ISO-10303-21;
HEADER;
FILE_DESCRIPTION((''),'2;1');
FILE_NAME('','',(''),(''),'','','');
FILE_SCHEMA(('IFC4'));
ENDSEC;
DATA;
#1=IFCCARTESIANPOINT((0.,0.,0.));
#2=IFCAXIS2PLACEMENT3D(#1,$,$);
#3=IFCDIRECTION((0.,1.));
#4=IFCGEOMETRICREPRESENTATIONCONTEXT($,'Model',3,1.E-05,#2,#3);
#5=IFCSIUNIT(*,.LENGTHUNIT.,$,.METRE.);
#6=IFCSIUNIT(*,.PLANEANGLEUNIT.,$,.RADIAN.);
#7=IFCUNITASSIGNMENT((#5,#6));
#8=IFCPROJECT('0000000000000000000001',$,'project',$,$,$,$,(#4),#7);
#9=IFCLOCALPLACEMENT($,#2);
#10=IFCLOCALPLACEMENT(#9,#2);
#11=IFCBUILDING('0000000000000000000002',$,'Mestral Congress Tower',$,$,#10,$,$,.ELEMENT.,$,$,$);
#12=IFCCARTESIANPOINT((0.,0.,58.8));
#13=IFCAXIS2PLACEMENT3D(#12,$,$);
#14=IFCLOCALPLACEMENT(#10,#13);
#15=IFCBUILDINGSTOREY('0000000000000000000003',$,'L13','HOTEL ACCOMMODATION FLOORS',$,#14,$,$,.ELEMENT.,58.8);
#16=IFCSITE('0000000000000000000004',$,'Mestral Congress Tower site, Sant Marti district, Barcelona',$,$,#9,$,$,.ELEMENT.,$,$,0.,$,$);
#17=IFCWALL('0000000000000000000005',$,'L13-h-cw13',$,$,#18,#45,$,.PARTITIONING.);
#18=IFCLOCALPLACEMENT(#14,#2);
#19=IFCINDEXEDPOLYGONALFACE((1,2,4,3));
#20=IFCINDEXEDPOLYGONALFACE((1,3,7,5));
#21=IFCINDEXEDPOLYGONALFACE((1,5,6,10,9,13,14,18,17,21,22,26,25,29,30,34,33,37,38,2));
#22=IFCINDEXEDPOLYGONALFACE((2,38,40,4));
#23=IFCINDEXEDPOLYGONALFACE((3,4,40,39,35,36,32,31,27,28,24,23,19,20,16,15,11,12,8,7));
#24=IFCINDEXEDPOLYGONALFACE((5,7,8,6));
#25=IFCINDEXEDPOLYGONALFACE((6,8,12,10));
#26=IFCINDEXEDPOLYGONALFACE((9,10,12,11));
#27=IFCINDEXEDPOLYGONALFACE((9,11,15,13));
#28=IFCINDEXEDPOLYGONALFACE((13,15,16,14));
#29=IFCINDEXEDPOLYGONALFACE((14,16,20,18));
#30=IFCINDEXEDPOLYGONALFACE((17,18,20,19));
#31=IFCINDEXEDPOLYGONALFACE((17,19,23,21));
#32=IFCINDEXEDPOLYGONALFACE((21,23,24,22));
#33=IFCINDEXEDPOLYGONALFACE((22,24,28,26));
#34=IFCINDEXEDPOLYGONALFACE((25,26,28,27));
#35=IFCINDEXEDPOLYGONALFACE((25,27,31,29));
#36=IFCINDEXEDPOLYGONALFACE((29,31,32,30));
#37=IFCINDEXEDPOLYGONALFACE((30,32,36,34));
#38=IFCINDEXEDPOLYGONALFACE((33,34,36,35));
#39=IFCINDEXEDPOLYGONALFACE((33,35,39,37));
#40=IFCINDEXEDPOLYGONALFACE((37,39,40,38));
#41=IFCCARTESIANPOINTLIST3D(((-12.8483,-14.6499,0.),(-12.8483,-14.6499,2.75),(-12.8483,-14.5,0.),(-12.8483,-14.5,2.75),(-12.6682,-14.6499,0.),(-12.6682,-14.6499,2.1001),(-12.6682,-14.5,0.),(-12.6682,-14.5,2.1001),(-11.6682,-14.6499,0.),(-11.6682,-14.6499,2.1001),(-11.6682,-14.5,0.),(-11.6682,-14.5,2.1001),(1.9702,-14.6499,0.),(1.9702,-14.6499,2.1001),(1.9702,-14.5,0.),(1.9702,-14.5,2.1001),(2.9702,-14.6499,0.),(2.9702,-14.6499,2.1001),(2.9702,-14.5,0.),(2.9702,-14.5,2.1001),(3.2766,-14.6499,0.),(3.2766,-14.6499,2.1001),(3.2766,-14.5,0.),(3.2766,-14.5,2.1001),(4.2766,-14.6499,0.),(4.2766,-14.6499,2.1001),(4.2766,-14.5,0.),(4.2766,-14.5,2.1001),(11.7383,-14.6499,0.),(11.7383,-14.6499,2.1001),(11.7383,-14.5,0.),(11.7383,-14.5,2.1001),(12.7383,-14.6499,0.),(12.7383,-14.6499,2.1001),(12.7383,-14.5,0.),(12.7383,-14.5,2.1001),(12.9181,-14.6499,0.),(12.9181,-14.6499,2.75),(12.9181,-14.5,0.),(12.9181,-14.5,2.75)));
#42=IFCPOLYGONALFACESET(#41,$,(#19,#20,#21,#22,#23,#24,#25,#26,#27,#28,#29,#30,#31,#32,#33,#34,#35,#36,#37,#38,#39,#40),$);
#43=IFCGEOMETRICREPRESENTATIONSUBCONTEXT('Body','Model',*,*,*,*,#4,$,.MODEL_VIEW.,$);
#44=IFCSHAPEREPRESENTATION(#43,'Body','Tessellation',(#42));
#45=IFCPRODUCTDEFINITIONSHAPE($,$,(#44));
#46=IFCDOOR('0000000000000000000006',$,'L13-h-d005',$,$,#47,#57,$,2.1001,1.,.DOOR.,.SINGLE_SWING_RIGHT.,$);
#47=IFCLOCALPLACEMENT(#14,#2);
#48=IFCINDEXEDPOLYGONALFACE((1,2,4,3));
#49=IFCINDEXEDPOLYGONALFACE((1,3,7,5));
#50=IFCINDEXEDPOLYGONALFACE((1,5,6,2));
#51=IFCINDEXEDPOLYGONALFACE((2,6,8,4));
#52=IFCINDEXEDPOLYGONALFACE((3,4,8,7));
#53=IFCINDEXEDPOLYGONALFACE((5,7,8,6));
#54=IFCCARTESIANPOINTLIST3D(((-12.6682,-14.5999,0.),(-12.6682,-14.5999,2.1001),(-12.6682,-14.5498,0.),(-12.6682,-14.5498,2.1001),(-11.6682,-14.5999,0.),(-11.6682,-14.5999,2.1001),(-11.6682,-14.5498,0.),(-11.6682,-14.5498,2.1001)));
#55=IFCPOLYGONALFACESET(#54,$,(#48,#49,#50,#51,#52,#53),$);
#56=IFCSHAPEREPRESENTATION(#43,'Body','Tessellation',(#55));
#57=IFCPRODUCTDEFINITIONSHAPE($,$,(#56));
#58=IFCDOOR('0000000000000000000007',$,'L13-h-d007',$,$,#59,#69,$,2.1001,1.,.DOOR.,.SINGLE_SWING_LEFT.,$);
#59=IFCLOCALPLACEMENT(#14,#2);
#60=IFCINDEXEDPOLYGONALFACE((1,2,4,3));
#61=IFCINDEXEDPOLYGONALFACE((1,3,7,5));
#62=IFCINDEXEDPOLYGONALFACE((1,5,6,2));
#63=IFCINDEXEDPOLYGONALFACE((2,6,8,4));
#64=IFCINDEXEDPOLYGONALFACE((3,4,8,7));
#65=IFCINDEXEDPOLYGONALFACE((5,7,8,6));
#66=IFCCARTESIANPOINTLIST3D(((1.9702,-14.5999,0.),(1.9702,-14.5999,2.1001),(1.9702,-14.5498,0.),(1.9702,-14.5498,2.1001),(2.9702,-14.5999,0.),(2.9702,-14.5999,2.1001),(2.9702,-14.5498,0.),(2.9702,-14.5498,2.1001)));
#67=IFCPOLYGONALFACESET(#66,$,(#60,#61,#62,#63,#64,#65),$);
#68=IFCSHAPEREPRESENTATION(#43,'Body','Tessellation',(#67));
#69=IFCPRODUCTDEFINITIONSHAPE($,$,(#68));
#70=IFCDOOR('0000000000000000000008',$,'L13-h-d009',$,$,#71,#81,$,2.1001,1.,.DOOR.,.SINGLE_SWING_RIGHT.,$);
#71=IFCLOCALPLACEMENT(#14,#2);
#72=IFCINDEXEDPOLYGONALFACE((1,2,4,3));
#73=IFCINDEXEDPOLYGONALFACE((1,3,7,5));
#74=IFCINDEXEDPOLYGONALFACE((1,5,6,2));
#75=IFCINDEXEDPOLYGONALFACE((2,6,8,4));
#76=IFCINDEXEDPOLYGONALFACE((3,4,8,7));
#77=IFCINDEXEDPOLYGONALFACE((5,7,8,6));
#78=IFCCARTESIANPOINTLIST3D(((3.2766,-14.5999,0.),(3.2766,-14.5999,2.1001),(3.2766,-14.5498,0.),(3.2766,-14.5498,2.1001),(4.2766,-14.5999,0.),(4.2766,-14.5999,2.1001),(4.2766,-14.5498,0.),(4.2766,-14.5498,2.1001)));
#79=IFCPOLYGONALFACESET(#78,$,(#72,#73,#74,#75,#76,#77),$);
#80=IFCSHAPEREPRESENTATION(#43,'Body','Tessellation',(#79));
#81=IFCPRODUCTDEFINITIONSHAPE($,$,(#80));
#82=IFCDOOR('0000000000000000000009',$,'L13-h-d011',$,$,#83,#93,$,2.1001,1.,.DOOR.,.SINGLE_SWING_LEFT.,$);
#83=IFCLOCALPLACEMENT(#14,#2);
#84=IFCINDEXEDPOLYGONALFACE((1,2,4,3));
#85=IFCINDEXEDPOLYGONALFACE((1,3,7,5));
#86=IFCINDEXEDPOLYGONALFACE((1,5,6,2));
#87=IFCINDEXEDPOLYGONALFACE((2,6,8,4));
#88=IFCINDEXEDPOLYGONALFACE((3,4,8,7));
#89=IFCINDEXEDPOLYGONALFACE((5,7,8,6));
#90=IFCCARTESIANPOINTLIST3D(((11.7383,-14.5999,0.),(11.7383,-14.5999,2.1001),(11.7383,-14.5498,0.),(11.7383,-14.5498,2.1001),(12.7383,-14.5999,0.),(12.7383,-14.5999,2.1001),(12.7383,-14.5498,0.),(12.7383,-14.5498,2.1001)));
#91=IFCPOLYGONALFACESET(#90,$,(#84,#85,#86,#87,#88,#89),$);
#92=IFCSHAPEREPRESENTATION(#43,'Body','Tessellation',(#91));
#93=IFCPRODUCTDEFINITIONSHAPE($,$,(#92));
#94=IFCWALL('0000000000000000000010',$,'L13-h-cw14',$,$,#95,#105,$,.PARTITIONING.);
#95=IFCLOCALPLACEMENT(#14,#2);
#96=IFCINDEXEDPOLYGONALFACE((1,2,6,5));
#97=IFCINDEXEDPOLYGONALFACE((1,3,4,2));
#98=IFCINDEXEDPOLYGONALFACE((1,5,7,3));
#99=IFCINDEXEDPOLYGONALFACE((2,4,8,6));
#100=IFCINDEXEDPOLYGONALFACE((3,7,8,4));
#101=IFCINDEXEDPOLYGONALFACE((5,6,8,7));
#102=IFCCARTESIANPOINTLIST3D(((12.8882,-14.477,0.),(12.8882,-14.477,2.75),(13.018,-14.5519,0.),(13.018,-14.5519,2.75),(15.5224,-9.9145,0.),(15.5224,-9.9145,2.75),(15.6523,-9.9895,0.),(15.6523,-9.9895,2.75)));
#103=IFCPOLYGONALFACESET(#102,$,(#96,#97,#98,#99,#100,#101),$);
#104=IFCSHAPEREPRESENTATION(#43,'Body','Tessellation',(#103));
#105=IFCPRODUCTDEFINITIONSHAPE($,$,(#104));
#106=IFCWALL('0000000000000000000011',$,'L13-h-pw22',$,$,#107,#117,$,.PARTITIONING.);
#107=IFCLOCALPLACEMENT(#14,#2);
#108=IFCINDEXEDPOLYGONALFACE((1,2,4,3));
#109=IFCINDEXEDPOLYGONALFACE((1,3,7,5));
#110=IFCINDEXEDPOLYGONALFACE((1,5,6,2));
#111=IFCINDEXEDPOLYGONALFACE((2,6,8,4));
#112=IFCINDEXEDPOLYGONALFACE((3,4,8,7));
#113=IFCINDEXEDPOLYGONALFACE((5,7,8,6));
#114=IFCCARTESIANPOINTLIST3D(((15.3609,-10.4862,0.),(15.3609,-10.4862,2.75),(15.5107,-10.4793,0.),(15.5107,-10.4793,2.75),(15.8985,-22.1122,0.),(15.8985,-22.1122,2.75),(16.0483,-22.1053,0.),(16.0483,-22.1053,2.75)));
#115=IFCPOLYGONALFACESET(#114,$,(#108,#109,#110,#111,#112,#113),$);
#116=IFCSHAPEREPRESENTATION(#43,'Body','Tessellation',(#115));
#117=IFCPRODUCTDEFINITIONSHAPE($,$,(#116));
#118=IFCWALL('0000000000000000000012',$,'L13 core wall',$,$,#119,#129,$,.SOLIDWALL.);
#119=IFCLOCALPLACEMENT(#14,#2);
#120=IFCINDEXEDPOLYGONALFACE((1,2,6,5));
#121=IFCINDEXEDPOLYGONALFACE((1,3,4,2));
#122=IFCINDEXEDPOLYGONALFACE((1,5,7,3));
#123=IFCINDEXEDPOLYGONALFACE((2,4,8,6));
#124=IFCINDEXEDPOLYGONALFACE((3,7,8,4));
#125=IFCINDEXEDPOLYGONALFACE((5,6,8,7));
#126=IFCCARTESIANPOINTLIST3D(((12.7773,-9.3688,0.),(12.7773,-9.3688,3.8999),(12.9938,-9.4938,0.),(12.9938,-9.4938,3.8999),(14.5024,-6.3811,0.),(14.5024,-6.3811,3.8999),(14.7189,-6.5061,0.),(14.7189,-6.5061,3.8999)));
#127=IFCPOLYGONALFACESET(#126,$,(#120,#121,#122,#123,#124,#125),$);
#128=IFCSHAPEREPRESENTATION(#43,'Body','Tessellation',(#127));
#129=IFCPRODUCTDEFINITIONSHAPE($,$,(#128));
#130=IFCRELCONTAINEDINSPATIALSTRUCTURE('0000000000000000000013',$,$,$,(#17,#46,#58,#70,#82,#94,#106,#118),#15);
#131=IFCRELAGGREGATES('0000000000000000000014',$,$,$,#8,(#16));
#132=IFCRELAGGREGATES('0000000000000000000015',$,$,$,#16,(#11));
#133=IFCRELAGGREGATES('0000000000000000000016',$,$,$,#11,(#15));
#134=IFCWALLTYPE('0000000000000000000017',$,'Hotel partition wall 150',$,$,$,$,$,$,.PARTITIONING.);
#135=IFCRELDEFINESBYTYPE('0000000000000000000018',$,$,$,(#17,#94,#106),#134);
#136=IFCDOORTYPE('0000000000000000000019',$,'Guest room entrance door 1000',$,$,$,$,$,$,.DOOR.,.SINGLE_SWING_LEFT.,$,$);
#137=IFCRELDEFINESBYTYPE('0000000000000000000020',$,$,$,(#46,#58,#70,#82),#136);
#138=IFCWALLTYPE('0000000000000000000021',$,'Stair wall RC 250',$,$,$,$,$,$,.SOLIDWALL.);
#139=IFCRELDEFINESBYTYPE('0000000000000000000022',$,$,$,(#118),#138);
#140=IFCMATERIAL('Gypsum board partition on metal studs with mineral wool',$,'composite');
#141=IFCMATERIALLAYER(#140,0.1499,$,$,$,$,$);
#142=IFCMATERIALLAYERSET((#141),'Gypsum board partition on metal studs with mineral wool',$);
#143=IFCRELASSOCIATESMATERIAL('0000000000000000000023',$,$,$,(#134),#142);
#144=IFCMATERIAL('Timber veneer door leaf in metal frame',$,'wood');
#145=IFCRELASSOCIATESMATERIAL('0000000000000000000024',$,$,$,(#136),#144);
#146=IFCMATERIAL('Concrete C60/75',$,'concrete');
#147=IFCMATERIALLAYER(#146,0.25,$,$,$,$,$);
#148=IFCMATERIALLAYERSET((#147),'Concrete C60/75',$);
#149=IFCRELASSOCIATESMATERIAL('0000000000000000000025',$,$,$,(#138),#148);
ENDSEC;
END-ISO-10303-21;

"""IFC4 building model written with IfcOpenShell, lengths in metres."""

from ifc_helpers import new_model, si_unit, direction, frame, frame_2d, origin, place, context, subcontext, project, spatial, rectangle, extrude, material, layer, layer_set, type_object, element, fill, save


model = new_model("IFC4")

# Units and contexts
model_context = context("Model", 3, precision=1e-05, world=origin(), true_north=direction((0.0, 1.0)))
body_context = subcontext(model_context, "Body", "Model", "MODEL_VIEW")
ifc_project = project(units=[si_unit("LENGTHUNIT", "METRE"), si_unit("PLANEANGLEUNIT", "RADIAN")], contexts=[model_context])

# Site, building, storey
site_placement = place(None, origin())
site = spatial("IfcSite", under=ifc_project, at=site_placement, Name="Mestral Congress Tower site, Sant Marti district, Barcelona", CompositionType="ELEMENT", RefElevation=0.0)
building_placement = place(site_placement, origin())
building = spatial("IfcBuilding", under=site, at=building_placement, Name="Mestral Congress Tower", CompositionType="ELEMENT")
storey_placement = place(building_placement, frame((0.0, 0.0, 58.8)))
storey = spatial("IfcBuildingStorey", under=building, at=storey_placement, Name="L13", Description="HOTEL ACCOMMODATION FLOORS", CompositionType="ELEMENT", Elevation=58.8)

# Shared definitions
ifc_material_1 = material(Name="Concrete C60/75", Category="concrete")

# Shared definitions
ifc_material_2 = material(Name="Gypsum board partition on metal studs with mineral wool", Category="composite")

# Wall, openings, doors
ifc_layer_1 = layer(ifc_material_2, 0.1499)
ifc_layer_set_1 = layer_set([ifc_layer_1], Name="Gypsum board partition on metal studs with mineral wool")
wall_type_1 = type_object("IfcWallType", Name="Hotel partition wall 150", PredefinedType="PARTITIONING", material=ifc_layer_set_1)
wall_1_placement = place(storey_placement, frame((12.9182, -14.575, 0.0), z_axis=(0.0, 0.0, 1.0), x_axis=(-1.0, 0.0, 0.0)))
wall_1 = element("IfcWall", 1, at=wall_1_placement, inside=storey, type_object=wall_type_1, Name="L13-h-cw13", PredefinedType="PARTITIONING", context=body_context, shape_type="SweptSolid", body=[
    extrude(rectangle(XDim=25.7664, YDim=0.1499, at=frame_2d((12.8833, 0.0))), origin(), (0.0, 0.0, 1.0), 2.75),
])
opening_1_placement = place(wall_1_placement, frame((24.5864, 0.0, 0.0)))
opening_1 = element("IfcOpeningElement", 2, at=opening_1_placement, cuts=wall_1, PredefinedType="OPENING", context=body_context, shape_type="SweptSolid", body=[
    extrude(rectangle(XDim=1.0, YDim=2.1001, at=frame_2d((0.5, 1.05))), frame((0.0, 0.085, 0.0), z_axis=(0.0, -1.0, 0.0), x_axis=(1.0, 0.0, 0.0)), (0.0, 0.0, 1.0), 0.1699),
])
opening_2_placement = place(wall_1_placement, frame((9.948, 0.0, 0.0)))
opening_2 = element("IfcOpeningElement", 3, at=opening_2_placement, cuts=wall_1, PredefinedType="OPENING", context=body_context, shape_type="SweptSolid", body=[
    extrude(rectangle(XDim=1.0, YDim=2.1001, at=frame_2d((0.5, 1.05))), frame((0.0, 0.085, 0.0), z_axis=(0.0, -1.0, 0.0), x_axis=(1.0, 0.0, 0.0)), (0.0, 0.0, 1.0), 0.1699),
])
opening_3_placement = place(wall_1_placement, frame((8.6416, 0.0, 0.0)))
opening_3 = element("IfcOpeningElement", 4, at=opening_3_placement, cuts=wall_1, PredefinedType="OPENING", context=body_context, shape_type="SweptSolid", body=[
    extrude(rectangle(XDim=1.0, YDim=2.1001, at=frame_2d((0.5, 1.05))), frame((0.0, 0.085, 0.0), z_axis=(0.0, -1.0, 0.0), x_axis=(1.0, 0.0, 0.0)), (0.0, 0.0, 1.0), 0.1699),
])
opening_4_placement = place(wall_1_placement, frame((0.1799, 0.0, 0.0)))
opening_4 = element("IfcOpeningElement", 5, at=opening_4_placement, cuts=wall_1, PredefinedType="OPENING", context=body_context, shape_type="SweptSolid", body=[
    extrude(rectangle(XDim=1.0, YDim=2.1001, at=frame_2d((0.5, 1.05))), frame((0.0, 0.085, 0.0), z_axis=(0.0, -1.0, 0.0), x_axis=(1.0, 0.0, 0.0)), (0.0, 0.0, 1.0), 0.1699),
])
ifc_material_3 = material(Name="Timber veneer door leaf in metal frame", Category="wood")
door_type_1 = type_object("IfcDoorType", Name="Guest room entrance door 1000", OperationType="SINGLE_SWING_LEFT", PredefinedType="DOOR", material=ifc_material_3)
door_1_placement = place(opening_1_placement, origin())
door_1 = element("IfcDoor", 6, at=door_1_placement, inside=storey, type_object=door_type_1, Name="L13-h-d005", OperationType="SINGLE_SWING_RIGHT", OverallHeight=2.1001, OverallWidth=1.0, PredefinedType="DOOR", context=body_context, shape_type="SweptSolid", body=[
    extrude(rectangle(XDim=1.0, YDim=2.1001, at=frame_2d((0.5, 1.05))), frame((0.0, 0.0249, 0.0), z_axis=(0.0, -1.0, 0.0), x_axis=(1.0, 0.0, 0.0)), (0.0, 0.0, 1.0), 0.05),
])
fill(opening_1, door_1)
door_2_placement = place(opening_2_placement, origin())
door_2 = element("IfcDoor", 7, at=door_2_placement, inside=storey, type_object=door_type_1, Name="L13-h-d007", OperationType="SINGLE_SWING_LEFT", OverallHeight=2.1001, OverallWidth=1.0, PredefinedType="DOOR", context=body_context, shape_type="SweptSolid", body=[
    extrude(rectangle(XDim=1.0, YDim=2.1001, at=frame_2d((0.5, 1.05))), frame((0.0, 0.0249, 0.0), z_axis=(0.0, -1.0, 0.0), x_axis=(1.0, 0.0, 0.0)), (0.0, 0.0, 1.0), 0.05),
])
fill(opening_2, door_2)
door_3_placement = place(opening_3_placement, origin())
door_3 = element("IfcDoor", 8, at=door_3_placement, inside=storey, type_object=door_type_1, Name="L13-h-d009", OperationType="SINGLE_SWING_RIGHT", OverallHeight=2.1001, OverallWidth=1.0, PredefinedType="DOOR", context=body_context, shape_type="SweptSolid", body=[
    extrude(rectangle(XDim=1.0, YDim=2.1001, at=frame_2d((0.5, 1.05))), frame((0.0, 0.0249, 0.0), z_axis=(0.0, -1.0, 0.0), x_axis=(1.0, 0.0, 0.0)), (0.0, 0.0, 1.0), 0.05),
])
fill(opening_3, door_3)
door_4_placement = place(opening_4_placement, origin())
door_4 = element("IfcDoor", 9, at=door_4_placement, inside=storey, type_object=door_type_1, Name="L13-h-d011", OperationType="SINGLE_SWING_LEFT", OverallHeight=2.1001, OverallWidth=1.0, PredefinedType="DOOR", context=body_context, shape_type="SweptSolid", body=[
    extrude(rectangle(XDim=1.0, YDim=2.1001, at=frame_2d((0.5, 1.05))), frame((0.0, 0.0249, 0.0), z_axis=(0.0, -1.0, 0.0), x_axis=(1.0, 0.0, 0.0)), (0.0, 0.0, 1.0), 0.05),
])
fill(opening_4, door_4)

# Walls
wall_2_placement = place(storey_placement, frame((15.5874, -9.9519, 0.0), z_axis=(0.0, 0.0, 1.0), x_axis=(-0.500017, -0.866016, 0.0)))
element("IfcWall", 10, at=wall_2_placement, inside=storey, type_object=wall_type_1, Name="L13-h-cw14", PredefinedType="PARTITIONING", context=body_context, shape_type="SweptSolid", body=[
    extrude(rectangle(XDim=5.2683, YDim=0.1499, at=frame_2d((2.6343, 0.0))), origin(), (0.0, 0.0, 1.0), 2.75),
])
wall_3_placement = place(storey_placement, frame((15.9734, -22.1089, 0.0), z_axis=(0.0, 0.0, 1.0), x_axis=(-0.046192, 0.998933, 0.0)))
element("IfcWall", 11, at=wall_3_placement, inside=storey, type_object=wall_type_1, Name="L13-h-pw22", PredefinedType="PARTITIONING", context=body_context, shape_type="SweptSolid", body=[
    extrude(rectangle(XDim=11.6384, YDim=0.1499, at=frame_2d((5.8193, 0.0))), origin(), (0.0, 0.0, 1.0), 2.75),
])
ifc_layer_2 = layer(ifc_material_1, 0.25)
ifc_layer_set_2 = layer_set([ifc_layer_2], Name="Concrete C60/75")
wall_type_2 = type_object("IfcWallType", Name="Stair wall RC 250", PredefinedType="SOLIDWALL", material=ifc_layer_set_2)
wall_4_placement = place(storey_placement, frame((12.8855, -9.4314, 0.0), z_axis=(0.0, 0.0, 1.0), x_axis=(0.500021, 0.866014, 0.0)))
element("IfcWall", 12, at=wall_4_placement, inside=storey, type_object=wall_type_2, Name="L13 core wall", PredefinedType="SOLIDWALL", context=body_context, shape_type="SweptSolid", body=[
    extrude(rectangle(XDim=3.45, YDim=0.25, at=frame_2d((1.7251, 0.0))), origin(), (0.0, 0.0, 1.0), 3.8999),
])

save(model, "model.ifc")
